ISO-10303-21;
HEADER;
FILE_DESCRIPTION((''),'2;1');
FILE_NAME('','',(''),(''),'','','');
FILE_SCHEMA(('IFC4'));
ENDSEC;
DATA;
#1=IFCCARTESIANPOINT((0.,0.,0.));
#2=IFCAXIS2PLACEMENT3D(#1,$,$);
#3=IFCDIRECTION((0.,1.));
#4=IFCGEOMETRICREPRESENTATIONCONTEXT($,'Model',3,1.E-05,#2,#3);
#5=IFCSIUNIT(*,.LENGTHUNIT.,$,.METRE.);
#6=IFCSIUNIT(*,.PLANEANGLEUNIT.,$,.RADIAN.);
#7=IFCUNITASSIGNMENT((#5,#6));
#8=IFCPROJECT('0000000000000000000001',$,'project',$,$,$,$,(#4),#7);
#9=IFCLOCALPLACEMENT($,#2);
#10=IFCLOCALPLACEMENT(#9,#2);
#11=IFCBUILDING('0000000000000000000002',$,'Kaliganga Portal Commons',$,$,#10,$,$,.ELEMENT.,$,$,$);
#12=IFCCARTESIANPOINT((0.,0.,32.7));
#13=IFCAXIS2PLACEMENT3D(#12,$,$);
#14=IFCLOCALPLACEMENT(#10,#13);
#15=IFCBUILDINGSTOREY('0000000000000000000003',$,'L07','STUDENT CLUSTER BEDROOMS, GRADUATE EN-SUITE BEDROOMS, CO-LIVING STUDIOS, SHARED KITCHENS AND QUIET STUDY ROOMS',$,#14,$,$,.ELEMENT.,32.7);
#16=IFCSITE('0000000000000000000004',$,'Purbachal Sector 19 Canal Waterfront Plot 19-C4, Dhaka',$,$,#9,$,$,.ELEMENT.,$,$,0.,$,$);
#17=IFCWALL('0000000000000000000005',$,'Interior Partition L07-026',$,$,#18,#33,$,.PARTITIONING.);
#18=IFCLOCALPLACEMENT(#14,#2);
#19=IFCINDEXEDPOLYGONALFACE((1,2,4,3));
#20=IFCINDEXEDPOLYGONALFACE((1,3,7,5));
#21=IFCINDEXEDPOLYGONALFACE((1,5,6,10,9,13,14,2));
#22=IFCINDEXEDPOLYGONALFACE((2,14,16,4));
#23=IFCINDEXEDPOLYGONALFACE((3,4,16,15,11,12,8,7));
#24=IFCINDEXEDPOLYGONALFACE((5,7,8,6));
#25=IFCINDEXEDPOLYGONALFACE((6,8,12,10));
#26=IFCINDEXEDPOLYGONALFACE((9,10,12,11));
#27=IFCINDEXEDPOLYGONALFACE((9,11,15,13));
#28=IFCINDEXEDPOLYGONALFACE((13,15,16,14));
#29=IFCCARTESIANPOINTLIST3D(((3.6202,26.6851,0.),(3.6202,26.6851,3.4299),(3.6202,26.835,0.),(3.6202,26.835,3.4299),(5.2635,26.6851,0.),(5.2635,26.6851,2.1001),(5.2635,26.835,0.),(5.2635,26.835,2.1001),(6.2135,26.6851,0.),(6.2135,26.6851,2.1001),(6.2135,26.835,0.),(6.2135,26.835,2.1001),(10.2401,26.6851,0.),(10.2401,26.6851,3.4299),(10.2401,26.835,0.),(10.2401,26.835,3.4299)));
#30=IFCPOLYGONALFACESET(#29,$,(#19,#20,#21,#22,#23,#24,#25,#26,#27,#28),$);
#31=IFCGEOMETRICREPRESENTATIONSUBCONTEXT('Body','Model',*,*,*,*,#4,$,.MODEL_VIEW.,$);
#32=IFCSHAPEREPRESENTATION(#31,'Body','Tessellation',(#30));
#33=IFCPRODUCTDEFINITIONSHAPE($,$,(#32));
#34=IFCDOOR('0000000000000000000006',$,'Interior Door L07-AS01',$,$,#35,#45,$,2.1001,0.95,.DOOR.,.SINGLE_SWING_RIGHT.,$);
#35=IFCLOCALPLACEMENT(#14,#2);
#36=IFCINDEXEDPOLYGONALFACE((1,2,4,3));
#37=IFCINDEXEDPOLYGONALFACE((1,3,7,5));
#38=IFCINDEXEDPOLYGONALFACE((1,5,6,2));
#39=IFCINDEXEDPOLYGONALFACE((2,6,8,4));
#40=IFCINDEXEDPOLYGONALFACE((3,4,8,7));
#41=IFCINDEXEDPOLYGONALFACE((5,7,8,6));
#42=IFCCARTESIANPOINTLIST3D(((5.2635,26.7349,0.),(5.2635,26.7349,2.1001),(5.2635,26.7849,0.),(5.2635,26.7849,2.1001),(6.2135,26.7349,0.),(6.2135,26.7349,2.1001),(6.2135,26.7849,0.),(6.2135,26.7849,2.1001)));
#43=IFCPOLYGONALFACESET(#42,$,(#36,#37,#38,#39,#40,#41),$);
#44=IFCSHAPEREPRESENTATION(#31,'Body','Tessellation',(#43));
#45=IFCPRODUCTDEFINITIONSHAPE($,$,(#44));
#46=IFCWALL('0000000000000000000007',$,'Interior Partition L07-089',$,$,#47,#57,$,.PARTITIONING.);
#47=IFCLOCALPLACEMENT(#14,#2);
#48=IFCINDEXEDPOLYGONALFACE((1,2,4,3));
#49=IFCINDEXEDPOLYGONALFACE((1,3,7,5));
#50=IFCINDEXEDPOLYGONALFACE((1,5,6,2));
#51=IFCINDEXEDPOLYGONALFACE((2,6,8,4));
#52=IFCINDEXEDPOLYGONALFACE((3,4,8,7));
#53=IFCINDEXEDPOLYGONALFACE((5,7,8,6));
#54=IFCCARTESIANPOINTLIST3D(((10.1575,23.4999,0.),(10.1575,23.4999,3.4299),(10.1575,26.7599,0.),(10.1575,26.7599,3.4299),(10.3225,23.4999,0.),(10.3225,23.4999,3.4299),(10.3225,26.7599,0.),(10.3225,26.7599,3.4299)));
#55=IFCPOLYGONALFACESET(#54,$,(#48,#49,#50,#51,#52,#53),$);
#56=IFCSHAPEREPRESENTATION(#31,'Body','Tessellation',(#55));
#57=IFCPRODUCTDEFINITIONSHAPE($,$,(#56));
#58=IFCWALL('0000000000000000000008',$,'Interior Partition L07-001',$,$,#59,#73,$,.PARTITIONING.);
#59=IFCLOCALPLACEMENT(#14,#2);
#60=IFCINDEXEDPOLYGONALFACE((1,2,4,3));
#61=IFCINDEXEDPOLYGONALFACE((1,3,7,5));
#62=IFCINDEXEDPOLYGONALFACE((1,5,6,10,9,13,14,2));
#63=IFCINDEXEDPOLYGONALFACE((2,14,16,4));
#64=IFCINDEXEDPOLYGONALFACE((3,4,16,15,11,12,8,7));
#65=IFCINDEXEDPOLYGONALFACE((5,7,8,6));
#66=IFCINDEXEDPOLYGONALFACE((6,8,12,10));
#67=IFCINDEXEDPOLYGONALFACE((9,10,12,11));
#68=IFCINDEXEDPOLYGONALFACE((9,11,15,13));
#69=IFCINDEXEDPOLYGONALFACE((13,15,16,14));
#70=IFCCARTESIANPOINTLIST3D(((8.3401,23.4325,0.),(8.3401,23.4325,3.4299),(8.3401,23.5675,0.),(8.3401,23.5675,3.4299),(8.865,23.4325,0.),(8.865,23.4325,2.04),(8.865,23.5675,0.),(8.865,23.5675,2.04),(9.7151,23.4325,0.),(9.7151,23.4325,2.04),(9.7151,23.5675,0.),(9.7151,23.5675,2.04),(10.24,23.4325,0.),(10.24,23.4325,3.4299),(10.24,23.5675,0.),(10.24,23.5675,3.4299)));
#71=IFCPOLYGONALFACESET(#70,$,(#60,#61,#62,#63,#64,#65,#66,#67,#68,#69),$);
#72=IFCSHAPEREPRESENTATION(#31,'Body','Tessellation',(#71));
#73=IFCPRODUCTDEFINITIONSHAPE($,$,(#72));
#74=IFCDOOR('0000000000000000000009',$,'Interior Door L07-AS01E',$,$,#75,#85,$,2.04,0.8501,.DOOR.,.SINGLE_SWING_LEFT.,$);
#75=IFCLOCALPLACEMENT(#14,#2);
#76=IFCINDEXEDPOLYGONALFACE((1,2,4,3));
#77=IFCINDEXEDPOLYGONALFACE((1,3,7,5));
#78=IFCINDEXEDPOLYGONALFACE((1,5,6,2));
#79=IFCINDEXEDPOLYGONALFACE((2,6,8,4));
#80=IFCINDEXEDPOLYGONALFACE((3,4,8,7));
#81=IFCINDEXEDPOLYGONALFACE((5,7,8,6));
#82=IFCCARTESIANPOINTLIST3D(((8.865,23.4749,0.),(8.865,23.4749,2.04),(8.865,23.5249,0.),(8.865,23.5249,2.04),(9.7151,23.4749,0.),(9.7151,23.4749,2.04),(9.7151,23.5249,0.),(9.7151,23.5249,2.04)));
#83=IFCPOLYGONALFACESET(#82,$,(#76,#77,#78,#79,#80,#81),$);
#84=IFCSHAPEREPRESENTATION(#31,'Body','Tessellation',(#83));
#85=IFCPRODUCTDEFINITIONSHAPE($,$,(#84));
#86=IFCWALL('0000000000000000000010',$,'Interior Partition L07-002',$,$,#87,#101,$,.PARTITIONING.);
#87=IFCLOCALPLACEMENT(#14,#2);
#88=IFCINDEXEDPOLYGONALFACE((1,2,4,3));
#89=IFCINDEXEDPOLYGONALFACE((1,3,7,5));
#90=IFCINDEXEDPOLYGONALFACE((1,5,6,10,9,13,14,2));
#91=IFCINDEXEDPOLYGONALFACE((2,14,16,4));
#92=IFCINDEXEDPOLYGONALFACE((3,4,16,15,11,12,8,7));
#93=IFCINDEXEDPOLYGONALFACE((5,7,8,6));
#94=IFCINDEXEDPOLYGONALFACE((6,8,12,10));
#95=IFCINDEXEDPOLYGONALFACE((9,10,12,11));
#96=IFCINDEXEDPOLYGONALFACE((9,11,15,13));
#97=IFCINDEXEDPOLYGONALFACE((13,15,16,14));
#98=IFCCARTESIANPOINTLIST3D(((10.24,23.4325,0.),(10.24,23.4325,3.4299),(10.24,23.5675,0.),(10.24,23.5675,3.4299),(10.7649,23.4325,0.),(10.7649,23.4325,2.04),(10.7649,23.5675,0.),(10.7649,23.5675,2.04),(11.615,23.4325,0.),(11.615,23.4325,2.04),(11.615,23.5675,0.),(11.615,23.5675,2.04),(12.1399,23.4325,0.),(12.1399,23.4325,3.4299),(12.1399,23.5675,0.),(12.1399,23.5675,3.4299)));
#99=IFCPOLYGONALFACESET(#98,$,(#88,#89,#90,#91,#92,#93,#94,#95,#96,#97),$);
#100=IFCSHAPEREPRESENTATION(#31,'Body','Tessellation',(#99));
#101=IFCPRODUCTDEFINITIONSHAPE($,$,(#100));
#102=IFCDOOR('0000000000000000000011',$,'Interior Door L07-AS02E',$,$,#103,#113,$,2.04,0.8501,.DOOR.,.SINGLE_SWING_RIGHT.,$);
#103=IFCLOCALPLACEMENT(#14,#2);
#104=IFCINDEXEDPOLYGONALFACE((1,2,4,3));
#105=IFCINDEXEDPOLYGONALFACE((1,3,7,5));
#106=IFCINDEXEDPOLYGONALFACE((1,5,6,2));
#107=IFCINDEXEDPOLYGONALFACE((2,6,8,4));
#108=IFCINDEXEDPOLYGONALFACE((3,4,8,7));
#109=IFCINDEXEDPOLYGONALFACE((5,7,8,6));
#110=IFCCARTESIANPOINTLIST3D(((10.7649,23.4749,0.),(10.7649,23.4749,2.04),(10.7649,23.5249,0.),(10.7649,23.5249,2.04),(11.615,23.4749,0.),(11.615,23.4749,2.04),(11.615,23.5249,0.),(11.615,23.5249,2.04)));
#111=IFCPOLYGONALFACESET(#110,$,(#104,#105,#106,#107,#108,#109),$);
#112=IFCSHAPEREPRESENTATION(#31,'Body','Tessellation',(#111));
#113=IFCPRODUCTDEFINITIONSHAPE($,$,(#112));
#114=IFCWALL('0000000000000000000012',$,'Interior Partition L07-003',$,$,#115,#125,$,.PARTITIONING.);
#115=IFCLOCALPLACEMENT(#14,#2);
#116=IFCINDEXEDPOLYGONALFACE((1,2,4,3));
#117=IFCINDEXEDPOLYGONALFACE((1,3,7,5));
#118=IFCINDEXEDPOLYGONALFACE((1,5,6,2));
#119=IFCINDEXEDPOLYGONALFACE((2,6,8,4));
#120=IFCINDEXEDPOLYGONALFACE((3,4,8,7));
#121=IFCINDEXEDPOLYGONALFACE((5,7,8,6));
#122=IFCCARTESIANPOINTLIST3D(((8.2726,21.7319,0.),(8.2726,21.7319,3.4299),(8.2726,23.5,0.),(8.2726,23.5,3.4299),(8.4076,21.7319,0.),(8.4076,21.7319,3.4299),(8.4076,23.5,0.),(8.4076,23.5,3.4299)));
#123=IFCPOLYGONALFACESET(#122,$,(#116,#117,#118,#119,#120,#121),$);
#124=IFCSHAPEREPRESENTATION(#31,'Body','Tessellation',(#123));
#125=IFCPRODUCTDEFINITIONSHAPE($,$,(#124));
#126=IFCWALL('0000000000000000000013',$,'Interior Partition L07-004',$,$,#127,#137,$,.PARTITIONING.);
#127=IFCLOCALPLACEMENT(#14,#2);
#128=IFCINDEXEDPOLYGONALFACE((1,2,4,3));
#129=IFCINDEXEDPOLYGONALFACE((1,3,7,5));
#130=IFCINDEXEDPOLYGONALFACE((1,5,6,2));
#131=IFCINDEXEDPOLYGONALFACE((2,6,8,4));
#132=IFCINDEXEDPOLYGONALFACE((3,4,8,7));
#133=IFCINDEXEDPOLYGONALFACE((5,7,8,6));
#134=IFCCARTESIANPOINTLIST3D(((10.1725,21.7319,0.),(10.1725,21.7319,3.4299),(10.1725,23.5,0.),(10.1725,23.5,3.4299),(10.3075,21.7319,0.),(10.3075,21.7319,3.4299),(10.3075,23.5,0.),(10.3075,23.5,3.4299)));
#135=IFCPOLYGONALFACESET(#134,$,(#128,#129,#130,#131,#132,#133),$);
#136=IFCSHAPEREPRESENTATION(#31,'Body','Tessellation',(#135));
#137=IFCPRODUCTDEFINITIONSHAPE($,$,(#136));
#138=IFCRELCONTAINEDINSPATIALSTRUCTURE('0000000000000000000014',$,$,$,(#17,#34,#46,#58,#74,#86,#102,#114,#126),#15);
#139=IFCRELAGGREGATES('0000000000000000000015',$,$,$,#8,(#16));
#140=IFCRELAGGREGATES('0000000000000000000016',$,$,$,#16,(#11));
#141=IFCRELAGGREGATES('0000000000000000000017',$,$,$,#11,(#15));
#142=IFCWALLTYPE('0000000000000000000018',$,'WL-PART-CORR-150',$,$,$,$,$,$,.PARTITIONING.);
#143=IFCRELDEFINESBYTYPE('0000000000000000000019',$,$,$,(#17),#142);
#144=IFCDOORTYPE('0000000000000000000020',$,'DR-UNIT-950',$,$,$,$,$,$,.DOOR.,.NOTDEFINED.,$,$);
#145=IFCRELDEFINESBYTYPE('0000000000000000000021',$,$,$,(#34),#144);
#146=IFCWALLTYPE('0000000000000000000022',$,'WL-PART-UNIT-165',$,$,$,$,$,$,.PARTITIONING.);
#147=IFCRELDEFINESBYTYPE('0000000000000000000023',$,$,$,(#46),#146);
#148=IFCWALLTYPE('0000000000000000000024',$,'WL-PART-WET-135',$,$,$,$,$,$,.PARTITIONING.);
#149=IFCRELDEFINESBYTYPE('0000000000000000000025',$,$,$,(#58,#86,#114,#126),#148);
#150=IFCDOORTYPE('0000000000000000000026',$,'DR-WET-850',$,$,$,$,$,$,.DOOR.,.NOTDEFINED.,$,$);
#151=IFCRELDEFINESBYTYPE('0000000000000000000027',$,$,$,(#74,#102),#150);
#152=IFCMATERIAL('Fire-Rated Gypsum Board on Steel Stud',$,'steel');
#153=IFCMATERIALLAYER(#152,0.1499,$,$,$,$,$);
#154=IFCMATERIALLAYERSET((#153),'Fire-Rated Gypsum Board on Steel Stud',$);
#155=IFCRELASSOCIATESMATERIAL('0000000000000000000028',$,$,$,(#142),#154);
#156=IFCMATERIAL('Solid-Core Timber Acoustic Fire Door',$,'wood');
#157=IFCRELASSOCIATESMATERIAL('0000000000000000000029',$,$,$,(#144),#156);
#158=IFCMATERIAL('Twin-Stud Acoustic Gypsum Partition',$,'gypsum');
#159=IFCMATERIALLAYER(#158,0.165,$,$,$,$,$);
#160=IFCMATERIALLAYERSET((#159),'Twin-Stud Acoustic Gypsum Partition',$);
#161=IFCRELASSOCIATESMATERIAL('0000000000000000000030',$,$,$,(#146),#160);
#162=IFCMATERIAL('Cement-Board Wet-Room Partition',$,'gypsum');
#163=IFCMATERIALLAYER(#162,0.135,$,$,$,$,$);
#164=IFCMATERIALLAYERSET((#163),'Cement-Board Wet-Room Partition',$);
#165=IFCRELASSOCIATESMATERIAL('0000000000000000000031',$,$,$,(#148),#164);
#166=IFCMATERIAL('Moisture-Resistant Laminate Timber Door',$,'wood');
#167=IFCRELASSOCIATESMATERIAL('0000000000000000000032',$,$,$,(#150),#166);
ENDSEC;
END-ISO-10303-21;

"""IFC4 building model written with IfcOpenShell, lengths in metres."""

from ifc_helpers import new_model, si_unit, direction, frame, frame_2d, origin, place, context, subcontext, project, spatial, rectangle, extrude, material, layer, layer_set, type_object, element, fill, save


model = new_model("IFC4")

# Units and contexts
model_context = context("Model", 3, precision=1e-05, world=origin(), true_north=direction((0.0, 1.0)))
body_context = subcontext(model_context, "Body", "Model", "MODEL_VIEW")
ifc_project = project(units=[si_unit("LENGTHUNIT", "METRE"), si_unit("PLANEANGLEUNIT", "RADIAN")], contexts=[model_context])

# Site, building, storey
site_placement = place(None, origin())
site = spatial("IfcSite", under=ifc_project, at=site_placement, Name="Purbachal Sector 19 Canal Waterfront Plot 19-C4, Dhaka", CompositionType="ELEMENT", RefElevation=0.0)
building_placement = place(site_placement, origin())
building = spatial("IfcBuilding", under=site, at=building_placement, Name="Kaliganga Portal Commons", CompositionType="ELEMENT")
storey_placement = place(building_placement, frame((0.0, 0.0, 32.7)))
storey = spatial("IfcBuildingStorey", under=building, at=storey_placement, Name="L07", Description="STUDENT CLUSTER BEDROOMS, GRADUATE EN-SUITE BEDROOMS, CO-LIVING STUDIOS, SHARED KITCHENS AND QUIET STUDY ROOMS", CompositionType="ELEMENT", Elevation=32.7)

# Wall, opening, door
ifc_material_1 = material(Name="Fire-Rated Gypsum Board on Steel Stud", Category="steel")
ifc_layer_1 = layer(ifc_material_1, 0.1499)
ifc_layer_set_1 = layer_set([ifc_layer_1], Name="Fire-Rated Gypsum Board on Steel Stud")
wall_type_1 = type_object("IfcWallType", Name="WL-PART-CORR-150", PredefinedType="PARTITIONING", material=ifc_layer_set_1)
wall_1_placement = place(storey_placement, frame((3.6201, 26.76, 0.0), z_axis=(0.0, 0.0, 1.0), x_axis=(1.0, 0.0, 0.0)))
wall_1 = element("IfcWall", 1, at=wall_1_placement, inside=storey, type_object=wall_type_1, Name="Interior Partition L07-026", PredefinedType="PARTITIONING", context=body_context, shape_type="SweptSolid", body=[
    extrude(rectangle(XDim=6.6199, YDim=0.1499, at=frame_2d((3.3101, 0.0))), origin(), (0.0, 0.0, 1.0), 3.4299),
])
opening_1_placement = place(wall_1_placement, frame((1.6433, 0.0, 0.0)))
opening_1 = element("IfcOpeningElement", 2, at=opening_1_placement, cuts=wall_1, PredefinedType="OPENING", context=body_context, shape_type="SweptSolid", body=[
    extrude(rectangle(XDim=0.95, YDim=2.1001, at=frame_2d((0.4751, 1.05))), frame((0.0, 0.085, 0.0), z_axis=(0.0, -1.0, 0.0), x_axis=(1.0, 0.0, 0.0)), (0.0, 0.0, 1.0), 0.1699),
])
ifc_material_2 = material(Name="Solid-Core Timber Acoustic Fire Door", Category="wood")
door_type_1 = type_object("IfcDoorType", Name="DR-UNIT-950", OperationType="NOTDEFINED", PredefinedType="DOOR", material=ifc_material_2)
door_1_placement = place(opening_1_placement, origin())
door_1 = element("IfcDoor", 3, at=door_1_placement, inside=storey, type_object=door_type_1, Name="Interior Door L07-AS01", OperationType="SINGLE_SWING_RIGHT", OverallHeight=2.1001, OverallWidth=0.95, PredefinedType="DOOR", context=body_context, shape_type="SweptSolid", body=[
    extrude(rectangle(XDim=0.95, YDim=2.1001, at=frame_2d((0.4751, 1.05))), frame((0.0, 0.0249, 0.0), z_axis=(0.0, -1.0, 0.0), x_axis=(1.0, 0.0, 0.0)), (0.0, 0.0, 1.0), 0.05),
])
fill(opening_1, door_1)

# Wall
ifc_material_3 = material(Name="Twin-Stud Acoustic Gypsum Partition", Category="gypsum")
ifc_layer_2 = layer(ifc_material_3, 0.165)
ifc_layer_set_2 = layer_set([ifc_layer_2], Name="Twin-Stud Acoustic Gypsum Partition")
wall_type_2 = type_object("IfcWallType", Name="WL-PART-UNIT-165", PredefinedType="PARTITIONING", material=ifc_layer_set_2)
wall_2_placement = place(storey_placement, frame((10.24, 23.5, 0.0), z_axis=(0.0, 0.0, 1.0), x_axis=(0.0, 1.0, 0.0)))
element("IfcWall", 4, at=wall_2_placement, inside=storey, type_object=wall_type_2, Name="Interior Partition L07-089", PredefinedType="PARTITIONING", context=body_context, shape_type="SweptSolid", body=[
    extrude(rectangle(XDim=3.26, YDim=0.165, at=frame_2d((1.6299, 0.0))), origin(), (0.0, 0.0, 1.0), 3.4299),
])

# Walls, openings, doors
ifc_material_4 = material(Name="Cement-Board Wet-Room Partition", Category="gypsum")
ifc_layer_3 = layer(ifc_material_4, 0.135)
ifc_layer_set_3 = layer_set([ifc_layer_3], Name="Cement-Board Wet-Room Partition")
wall_type_3 = type_object("IfcWallType", Name="WL-PART-WET-135", PredefinedType="PARTITIONING", material=ifc_layer_set_3)
wall_3_placement = place(storey_placement, frame((8.3401, 23.5, 0.0), z_axis=(0.0, 0.0, 1.0), x_axis=(1.0, 0.0, 0.0)))
wall_3 = element("IfcWall", 5, at=wall_3_placement, inside=storey, type_object=wall_type_3, Name="Interior Partition L07-001", PredefinedType="PARTITIONING", context=body_context, shape_type="SweptSolid", body=[
    extrude(rectangle(XDim=1.8999, YDim=0.135, at=frame_2d((0.95, 0.0))), origin(), (0.0, 0.0, 1.0), 3.4299),
])
opening_2_placement = place(wall_3_placement, frame((0.5249, 0.0, 0.0)))
opening_2 = element("IfcOpeningElement", 6, at=opening_2_placement, cuts=wall_3, PredefinedType="OPENING", context=body_context, shape_type="SweptSolid", body=[
    extrude(rectangle(XDim=0.8501, YDim=2.04, at=frame_2d((0.425, 1.02))), frame((0.0, 0.0776, 0.0), z_axis=(0.0, -1.0, 0.0), x_axis=(1.0, 0.0, 0.0)), (0.0, 0.0, 1.0), 0.155),
])
ifc_material_5 = material(Name="Moisture-Resistant Laminate Timber Door", Category="wood")
door_type_2 = type_object("IfcDoorType", Name="DR-WET-850", OperationType="NOTDEFINED", PredefinedType="DOOR", material=ifc_material_5)
door_2_placement = place(opening_2_placement, origin())
door_2 = element("IfcDoor", 7, at=door_2_placement, inside=storey, type_object=door_type_2, Name="Interior Door L07-AS01E", OperationType="SINGLE_SWING_LEFT", OverallHeight=2.04, OverallWidth=0.8501, PredefinedType="DOOR", context=body_context, shape_type="SweptSolid", body=[
    extrude(rectangle(XDim=0.8501, YDim=2.04, at=frame_2d((0.425, 1.02))), frame((0.0, 0.0249, 0.0), z_axis=(0.0, -1.0, 0.0), x_axis=(1.0, 0.0, 0.0)), (0.0, 0.0, 1.0), 0.05),
])
fill(opening_2, door_2)
wall_4_placement = place(storey_placement, frame((10.24, 23.5, 0.0), z_axis=(0.0, 0.0, 1.0), x_axis=(1.0, 0.0, 0.0)))
wall_4 = element("IfcWall", 8, at=wall_4_placement, inside=storey, type_object=wall_type_3, Name="Interior Partition L07-002", PredefinedType="PARTITIONING", context=body_context, shape_type="SweptSolid", body=[
    extrude(rectangle(XDim=1.8999, YDim=0.135, at=frame_2d((0.95, 0.0))), origin(), (0.0, 0.0, 1.0), 3.4299),
])
opening_3_placement = place(wall_4_placement, frame((0.5249, 0.0, 0.0)))
opening_3 = element("IfcOpeningElement", 9, at=opening_3_placement, cuts=wall_4, PredefinedType="OPENING", context=body_context, shape_type="SweptSolid", body=[
    extrude(rectangle(XDim=0.8501, YDim=2.04, at=frame_2d((0.425, 1.02))), frame((0.0, 0.0776, 0.0), z_axis=(0.0, -1.0, 0.0), x_axis=(1.0, 0.0, 0.0)), (0.0, 0.0, 1.0), 0.155),
])
door_3_placement = place(opening_3_placement, origin())
door_3 = element("IfcDoor", 10, at=door_3_placement, inside=storey, type_object=door_type_2, Name="Interior Door L07-AS02E", OperationType="SINGLE_SWING_RIGHT", OverallHeight=2.04, OverallWidth=0.8501, PredefinedType="DOOR", context=body_context, shape_type="SweptSolid", body=[
    extrude(rectangle(XDim=0.8501, YDim=2.04, at=frame_2d((0.425, 1.02))), frame((0.0, 0.0249, 0.0), z_axis=(0.0, -1.0, 0.0), x_axis=(1.0, 0.0, 0.0)), (0.0, 0.0, 1.0), 0.05),
])
fill(opening_3, door_3)

# Walls
for number, where, z_axis, x_axis, name in (
    (11, (8.3401, 21.7319, 0.0), (0.0, 0.0, 1.0), (0.0, 1.0, 0.0), "Interior Partition L07-003"),
    (12, (10.24, 21.7319, 0.0), (0.0, 0.0, 1.0), (0.0, 1.0, 0.0), "Interior Partition L07-004"),
):
    element("IfcWall", number, at=place(storey_placement, frame(where, z_axis=z_axis, x_axis=x_axis)), inside=storey, type_object=wall_type_3, Name=name, PredefinedType="PARTITIONING", context=body_context, shape_type="SweptSolid", body=[
        extrude(rectangle(XDim=1.7681, YDim=0.135, at=frame_2d((0.884, 0.0))), origin(), (0.0, 0.0, 1.0), 3.4299),
    ])

save(model, "model.ifc")
